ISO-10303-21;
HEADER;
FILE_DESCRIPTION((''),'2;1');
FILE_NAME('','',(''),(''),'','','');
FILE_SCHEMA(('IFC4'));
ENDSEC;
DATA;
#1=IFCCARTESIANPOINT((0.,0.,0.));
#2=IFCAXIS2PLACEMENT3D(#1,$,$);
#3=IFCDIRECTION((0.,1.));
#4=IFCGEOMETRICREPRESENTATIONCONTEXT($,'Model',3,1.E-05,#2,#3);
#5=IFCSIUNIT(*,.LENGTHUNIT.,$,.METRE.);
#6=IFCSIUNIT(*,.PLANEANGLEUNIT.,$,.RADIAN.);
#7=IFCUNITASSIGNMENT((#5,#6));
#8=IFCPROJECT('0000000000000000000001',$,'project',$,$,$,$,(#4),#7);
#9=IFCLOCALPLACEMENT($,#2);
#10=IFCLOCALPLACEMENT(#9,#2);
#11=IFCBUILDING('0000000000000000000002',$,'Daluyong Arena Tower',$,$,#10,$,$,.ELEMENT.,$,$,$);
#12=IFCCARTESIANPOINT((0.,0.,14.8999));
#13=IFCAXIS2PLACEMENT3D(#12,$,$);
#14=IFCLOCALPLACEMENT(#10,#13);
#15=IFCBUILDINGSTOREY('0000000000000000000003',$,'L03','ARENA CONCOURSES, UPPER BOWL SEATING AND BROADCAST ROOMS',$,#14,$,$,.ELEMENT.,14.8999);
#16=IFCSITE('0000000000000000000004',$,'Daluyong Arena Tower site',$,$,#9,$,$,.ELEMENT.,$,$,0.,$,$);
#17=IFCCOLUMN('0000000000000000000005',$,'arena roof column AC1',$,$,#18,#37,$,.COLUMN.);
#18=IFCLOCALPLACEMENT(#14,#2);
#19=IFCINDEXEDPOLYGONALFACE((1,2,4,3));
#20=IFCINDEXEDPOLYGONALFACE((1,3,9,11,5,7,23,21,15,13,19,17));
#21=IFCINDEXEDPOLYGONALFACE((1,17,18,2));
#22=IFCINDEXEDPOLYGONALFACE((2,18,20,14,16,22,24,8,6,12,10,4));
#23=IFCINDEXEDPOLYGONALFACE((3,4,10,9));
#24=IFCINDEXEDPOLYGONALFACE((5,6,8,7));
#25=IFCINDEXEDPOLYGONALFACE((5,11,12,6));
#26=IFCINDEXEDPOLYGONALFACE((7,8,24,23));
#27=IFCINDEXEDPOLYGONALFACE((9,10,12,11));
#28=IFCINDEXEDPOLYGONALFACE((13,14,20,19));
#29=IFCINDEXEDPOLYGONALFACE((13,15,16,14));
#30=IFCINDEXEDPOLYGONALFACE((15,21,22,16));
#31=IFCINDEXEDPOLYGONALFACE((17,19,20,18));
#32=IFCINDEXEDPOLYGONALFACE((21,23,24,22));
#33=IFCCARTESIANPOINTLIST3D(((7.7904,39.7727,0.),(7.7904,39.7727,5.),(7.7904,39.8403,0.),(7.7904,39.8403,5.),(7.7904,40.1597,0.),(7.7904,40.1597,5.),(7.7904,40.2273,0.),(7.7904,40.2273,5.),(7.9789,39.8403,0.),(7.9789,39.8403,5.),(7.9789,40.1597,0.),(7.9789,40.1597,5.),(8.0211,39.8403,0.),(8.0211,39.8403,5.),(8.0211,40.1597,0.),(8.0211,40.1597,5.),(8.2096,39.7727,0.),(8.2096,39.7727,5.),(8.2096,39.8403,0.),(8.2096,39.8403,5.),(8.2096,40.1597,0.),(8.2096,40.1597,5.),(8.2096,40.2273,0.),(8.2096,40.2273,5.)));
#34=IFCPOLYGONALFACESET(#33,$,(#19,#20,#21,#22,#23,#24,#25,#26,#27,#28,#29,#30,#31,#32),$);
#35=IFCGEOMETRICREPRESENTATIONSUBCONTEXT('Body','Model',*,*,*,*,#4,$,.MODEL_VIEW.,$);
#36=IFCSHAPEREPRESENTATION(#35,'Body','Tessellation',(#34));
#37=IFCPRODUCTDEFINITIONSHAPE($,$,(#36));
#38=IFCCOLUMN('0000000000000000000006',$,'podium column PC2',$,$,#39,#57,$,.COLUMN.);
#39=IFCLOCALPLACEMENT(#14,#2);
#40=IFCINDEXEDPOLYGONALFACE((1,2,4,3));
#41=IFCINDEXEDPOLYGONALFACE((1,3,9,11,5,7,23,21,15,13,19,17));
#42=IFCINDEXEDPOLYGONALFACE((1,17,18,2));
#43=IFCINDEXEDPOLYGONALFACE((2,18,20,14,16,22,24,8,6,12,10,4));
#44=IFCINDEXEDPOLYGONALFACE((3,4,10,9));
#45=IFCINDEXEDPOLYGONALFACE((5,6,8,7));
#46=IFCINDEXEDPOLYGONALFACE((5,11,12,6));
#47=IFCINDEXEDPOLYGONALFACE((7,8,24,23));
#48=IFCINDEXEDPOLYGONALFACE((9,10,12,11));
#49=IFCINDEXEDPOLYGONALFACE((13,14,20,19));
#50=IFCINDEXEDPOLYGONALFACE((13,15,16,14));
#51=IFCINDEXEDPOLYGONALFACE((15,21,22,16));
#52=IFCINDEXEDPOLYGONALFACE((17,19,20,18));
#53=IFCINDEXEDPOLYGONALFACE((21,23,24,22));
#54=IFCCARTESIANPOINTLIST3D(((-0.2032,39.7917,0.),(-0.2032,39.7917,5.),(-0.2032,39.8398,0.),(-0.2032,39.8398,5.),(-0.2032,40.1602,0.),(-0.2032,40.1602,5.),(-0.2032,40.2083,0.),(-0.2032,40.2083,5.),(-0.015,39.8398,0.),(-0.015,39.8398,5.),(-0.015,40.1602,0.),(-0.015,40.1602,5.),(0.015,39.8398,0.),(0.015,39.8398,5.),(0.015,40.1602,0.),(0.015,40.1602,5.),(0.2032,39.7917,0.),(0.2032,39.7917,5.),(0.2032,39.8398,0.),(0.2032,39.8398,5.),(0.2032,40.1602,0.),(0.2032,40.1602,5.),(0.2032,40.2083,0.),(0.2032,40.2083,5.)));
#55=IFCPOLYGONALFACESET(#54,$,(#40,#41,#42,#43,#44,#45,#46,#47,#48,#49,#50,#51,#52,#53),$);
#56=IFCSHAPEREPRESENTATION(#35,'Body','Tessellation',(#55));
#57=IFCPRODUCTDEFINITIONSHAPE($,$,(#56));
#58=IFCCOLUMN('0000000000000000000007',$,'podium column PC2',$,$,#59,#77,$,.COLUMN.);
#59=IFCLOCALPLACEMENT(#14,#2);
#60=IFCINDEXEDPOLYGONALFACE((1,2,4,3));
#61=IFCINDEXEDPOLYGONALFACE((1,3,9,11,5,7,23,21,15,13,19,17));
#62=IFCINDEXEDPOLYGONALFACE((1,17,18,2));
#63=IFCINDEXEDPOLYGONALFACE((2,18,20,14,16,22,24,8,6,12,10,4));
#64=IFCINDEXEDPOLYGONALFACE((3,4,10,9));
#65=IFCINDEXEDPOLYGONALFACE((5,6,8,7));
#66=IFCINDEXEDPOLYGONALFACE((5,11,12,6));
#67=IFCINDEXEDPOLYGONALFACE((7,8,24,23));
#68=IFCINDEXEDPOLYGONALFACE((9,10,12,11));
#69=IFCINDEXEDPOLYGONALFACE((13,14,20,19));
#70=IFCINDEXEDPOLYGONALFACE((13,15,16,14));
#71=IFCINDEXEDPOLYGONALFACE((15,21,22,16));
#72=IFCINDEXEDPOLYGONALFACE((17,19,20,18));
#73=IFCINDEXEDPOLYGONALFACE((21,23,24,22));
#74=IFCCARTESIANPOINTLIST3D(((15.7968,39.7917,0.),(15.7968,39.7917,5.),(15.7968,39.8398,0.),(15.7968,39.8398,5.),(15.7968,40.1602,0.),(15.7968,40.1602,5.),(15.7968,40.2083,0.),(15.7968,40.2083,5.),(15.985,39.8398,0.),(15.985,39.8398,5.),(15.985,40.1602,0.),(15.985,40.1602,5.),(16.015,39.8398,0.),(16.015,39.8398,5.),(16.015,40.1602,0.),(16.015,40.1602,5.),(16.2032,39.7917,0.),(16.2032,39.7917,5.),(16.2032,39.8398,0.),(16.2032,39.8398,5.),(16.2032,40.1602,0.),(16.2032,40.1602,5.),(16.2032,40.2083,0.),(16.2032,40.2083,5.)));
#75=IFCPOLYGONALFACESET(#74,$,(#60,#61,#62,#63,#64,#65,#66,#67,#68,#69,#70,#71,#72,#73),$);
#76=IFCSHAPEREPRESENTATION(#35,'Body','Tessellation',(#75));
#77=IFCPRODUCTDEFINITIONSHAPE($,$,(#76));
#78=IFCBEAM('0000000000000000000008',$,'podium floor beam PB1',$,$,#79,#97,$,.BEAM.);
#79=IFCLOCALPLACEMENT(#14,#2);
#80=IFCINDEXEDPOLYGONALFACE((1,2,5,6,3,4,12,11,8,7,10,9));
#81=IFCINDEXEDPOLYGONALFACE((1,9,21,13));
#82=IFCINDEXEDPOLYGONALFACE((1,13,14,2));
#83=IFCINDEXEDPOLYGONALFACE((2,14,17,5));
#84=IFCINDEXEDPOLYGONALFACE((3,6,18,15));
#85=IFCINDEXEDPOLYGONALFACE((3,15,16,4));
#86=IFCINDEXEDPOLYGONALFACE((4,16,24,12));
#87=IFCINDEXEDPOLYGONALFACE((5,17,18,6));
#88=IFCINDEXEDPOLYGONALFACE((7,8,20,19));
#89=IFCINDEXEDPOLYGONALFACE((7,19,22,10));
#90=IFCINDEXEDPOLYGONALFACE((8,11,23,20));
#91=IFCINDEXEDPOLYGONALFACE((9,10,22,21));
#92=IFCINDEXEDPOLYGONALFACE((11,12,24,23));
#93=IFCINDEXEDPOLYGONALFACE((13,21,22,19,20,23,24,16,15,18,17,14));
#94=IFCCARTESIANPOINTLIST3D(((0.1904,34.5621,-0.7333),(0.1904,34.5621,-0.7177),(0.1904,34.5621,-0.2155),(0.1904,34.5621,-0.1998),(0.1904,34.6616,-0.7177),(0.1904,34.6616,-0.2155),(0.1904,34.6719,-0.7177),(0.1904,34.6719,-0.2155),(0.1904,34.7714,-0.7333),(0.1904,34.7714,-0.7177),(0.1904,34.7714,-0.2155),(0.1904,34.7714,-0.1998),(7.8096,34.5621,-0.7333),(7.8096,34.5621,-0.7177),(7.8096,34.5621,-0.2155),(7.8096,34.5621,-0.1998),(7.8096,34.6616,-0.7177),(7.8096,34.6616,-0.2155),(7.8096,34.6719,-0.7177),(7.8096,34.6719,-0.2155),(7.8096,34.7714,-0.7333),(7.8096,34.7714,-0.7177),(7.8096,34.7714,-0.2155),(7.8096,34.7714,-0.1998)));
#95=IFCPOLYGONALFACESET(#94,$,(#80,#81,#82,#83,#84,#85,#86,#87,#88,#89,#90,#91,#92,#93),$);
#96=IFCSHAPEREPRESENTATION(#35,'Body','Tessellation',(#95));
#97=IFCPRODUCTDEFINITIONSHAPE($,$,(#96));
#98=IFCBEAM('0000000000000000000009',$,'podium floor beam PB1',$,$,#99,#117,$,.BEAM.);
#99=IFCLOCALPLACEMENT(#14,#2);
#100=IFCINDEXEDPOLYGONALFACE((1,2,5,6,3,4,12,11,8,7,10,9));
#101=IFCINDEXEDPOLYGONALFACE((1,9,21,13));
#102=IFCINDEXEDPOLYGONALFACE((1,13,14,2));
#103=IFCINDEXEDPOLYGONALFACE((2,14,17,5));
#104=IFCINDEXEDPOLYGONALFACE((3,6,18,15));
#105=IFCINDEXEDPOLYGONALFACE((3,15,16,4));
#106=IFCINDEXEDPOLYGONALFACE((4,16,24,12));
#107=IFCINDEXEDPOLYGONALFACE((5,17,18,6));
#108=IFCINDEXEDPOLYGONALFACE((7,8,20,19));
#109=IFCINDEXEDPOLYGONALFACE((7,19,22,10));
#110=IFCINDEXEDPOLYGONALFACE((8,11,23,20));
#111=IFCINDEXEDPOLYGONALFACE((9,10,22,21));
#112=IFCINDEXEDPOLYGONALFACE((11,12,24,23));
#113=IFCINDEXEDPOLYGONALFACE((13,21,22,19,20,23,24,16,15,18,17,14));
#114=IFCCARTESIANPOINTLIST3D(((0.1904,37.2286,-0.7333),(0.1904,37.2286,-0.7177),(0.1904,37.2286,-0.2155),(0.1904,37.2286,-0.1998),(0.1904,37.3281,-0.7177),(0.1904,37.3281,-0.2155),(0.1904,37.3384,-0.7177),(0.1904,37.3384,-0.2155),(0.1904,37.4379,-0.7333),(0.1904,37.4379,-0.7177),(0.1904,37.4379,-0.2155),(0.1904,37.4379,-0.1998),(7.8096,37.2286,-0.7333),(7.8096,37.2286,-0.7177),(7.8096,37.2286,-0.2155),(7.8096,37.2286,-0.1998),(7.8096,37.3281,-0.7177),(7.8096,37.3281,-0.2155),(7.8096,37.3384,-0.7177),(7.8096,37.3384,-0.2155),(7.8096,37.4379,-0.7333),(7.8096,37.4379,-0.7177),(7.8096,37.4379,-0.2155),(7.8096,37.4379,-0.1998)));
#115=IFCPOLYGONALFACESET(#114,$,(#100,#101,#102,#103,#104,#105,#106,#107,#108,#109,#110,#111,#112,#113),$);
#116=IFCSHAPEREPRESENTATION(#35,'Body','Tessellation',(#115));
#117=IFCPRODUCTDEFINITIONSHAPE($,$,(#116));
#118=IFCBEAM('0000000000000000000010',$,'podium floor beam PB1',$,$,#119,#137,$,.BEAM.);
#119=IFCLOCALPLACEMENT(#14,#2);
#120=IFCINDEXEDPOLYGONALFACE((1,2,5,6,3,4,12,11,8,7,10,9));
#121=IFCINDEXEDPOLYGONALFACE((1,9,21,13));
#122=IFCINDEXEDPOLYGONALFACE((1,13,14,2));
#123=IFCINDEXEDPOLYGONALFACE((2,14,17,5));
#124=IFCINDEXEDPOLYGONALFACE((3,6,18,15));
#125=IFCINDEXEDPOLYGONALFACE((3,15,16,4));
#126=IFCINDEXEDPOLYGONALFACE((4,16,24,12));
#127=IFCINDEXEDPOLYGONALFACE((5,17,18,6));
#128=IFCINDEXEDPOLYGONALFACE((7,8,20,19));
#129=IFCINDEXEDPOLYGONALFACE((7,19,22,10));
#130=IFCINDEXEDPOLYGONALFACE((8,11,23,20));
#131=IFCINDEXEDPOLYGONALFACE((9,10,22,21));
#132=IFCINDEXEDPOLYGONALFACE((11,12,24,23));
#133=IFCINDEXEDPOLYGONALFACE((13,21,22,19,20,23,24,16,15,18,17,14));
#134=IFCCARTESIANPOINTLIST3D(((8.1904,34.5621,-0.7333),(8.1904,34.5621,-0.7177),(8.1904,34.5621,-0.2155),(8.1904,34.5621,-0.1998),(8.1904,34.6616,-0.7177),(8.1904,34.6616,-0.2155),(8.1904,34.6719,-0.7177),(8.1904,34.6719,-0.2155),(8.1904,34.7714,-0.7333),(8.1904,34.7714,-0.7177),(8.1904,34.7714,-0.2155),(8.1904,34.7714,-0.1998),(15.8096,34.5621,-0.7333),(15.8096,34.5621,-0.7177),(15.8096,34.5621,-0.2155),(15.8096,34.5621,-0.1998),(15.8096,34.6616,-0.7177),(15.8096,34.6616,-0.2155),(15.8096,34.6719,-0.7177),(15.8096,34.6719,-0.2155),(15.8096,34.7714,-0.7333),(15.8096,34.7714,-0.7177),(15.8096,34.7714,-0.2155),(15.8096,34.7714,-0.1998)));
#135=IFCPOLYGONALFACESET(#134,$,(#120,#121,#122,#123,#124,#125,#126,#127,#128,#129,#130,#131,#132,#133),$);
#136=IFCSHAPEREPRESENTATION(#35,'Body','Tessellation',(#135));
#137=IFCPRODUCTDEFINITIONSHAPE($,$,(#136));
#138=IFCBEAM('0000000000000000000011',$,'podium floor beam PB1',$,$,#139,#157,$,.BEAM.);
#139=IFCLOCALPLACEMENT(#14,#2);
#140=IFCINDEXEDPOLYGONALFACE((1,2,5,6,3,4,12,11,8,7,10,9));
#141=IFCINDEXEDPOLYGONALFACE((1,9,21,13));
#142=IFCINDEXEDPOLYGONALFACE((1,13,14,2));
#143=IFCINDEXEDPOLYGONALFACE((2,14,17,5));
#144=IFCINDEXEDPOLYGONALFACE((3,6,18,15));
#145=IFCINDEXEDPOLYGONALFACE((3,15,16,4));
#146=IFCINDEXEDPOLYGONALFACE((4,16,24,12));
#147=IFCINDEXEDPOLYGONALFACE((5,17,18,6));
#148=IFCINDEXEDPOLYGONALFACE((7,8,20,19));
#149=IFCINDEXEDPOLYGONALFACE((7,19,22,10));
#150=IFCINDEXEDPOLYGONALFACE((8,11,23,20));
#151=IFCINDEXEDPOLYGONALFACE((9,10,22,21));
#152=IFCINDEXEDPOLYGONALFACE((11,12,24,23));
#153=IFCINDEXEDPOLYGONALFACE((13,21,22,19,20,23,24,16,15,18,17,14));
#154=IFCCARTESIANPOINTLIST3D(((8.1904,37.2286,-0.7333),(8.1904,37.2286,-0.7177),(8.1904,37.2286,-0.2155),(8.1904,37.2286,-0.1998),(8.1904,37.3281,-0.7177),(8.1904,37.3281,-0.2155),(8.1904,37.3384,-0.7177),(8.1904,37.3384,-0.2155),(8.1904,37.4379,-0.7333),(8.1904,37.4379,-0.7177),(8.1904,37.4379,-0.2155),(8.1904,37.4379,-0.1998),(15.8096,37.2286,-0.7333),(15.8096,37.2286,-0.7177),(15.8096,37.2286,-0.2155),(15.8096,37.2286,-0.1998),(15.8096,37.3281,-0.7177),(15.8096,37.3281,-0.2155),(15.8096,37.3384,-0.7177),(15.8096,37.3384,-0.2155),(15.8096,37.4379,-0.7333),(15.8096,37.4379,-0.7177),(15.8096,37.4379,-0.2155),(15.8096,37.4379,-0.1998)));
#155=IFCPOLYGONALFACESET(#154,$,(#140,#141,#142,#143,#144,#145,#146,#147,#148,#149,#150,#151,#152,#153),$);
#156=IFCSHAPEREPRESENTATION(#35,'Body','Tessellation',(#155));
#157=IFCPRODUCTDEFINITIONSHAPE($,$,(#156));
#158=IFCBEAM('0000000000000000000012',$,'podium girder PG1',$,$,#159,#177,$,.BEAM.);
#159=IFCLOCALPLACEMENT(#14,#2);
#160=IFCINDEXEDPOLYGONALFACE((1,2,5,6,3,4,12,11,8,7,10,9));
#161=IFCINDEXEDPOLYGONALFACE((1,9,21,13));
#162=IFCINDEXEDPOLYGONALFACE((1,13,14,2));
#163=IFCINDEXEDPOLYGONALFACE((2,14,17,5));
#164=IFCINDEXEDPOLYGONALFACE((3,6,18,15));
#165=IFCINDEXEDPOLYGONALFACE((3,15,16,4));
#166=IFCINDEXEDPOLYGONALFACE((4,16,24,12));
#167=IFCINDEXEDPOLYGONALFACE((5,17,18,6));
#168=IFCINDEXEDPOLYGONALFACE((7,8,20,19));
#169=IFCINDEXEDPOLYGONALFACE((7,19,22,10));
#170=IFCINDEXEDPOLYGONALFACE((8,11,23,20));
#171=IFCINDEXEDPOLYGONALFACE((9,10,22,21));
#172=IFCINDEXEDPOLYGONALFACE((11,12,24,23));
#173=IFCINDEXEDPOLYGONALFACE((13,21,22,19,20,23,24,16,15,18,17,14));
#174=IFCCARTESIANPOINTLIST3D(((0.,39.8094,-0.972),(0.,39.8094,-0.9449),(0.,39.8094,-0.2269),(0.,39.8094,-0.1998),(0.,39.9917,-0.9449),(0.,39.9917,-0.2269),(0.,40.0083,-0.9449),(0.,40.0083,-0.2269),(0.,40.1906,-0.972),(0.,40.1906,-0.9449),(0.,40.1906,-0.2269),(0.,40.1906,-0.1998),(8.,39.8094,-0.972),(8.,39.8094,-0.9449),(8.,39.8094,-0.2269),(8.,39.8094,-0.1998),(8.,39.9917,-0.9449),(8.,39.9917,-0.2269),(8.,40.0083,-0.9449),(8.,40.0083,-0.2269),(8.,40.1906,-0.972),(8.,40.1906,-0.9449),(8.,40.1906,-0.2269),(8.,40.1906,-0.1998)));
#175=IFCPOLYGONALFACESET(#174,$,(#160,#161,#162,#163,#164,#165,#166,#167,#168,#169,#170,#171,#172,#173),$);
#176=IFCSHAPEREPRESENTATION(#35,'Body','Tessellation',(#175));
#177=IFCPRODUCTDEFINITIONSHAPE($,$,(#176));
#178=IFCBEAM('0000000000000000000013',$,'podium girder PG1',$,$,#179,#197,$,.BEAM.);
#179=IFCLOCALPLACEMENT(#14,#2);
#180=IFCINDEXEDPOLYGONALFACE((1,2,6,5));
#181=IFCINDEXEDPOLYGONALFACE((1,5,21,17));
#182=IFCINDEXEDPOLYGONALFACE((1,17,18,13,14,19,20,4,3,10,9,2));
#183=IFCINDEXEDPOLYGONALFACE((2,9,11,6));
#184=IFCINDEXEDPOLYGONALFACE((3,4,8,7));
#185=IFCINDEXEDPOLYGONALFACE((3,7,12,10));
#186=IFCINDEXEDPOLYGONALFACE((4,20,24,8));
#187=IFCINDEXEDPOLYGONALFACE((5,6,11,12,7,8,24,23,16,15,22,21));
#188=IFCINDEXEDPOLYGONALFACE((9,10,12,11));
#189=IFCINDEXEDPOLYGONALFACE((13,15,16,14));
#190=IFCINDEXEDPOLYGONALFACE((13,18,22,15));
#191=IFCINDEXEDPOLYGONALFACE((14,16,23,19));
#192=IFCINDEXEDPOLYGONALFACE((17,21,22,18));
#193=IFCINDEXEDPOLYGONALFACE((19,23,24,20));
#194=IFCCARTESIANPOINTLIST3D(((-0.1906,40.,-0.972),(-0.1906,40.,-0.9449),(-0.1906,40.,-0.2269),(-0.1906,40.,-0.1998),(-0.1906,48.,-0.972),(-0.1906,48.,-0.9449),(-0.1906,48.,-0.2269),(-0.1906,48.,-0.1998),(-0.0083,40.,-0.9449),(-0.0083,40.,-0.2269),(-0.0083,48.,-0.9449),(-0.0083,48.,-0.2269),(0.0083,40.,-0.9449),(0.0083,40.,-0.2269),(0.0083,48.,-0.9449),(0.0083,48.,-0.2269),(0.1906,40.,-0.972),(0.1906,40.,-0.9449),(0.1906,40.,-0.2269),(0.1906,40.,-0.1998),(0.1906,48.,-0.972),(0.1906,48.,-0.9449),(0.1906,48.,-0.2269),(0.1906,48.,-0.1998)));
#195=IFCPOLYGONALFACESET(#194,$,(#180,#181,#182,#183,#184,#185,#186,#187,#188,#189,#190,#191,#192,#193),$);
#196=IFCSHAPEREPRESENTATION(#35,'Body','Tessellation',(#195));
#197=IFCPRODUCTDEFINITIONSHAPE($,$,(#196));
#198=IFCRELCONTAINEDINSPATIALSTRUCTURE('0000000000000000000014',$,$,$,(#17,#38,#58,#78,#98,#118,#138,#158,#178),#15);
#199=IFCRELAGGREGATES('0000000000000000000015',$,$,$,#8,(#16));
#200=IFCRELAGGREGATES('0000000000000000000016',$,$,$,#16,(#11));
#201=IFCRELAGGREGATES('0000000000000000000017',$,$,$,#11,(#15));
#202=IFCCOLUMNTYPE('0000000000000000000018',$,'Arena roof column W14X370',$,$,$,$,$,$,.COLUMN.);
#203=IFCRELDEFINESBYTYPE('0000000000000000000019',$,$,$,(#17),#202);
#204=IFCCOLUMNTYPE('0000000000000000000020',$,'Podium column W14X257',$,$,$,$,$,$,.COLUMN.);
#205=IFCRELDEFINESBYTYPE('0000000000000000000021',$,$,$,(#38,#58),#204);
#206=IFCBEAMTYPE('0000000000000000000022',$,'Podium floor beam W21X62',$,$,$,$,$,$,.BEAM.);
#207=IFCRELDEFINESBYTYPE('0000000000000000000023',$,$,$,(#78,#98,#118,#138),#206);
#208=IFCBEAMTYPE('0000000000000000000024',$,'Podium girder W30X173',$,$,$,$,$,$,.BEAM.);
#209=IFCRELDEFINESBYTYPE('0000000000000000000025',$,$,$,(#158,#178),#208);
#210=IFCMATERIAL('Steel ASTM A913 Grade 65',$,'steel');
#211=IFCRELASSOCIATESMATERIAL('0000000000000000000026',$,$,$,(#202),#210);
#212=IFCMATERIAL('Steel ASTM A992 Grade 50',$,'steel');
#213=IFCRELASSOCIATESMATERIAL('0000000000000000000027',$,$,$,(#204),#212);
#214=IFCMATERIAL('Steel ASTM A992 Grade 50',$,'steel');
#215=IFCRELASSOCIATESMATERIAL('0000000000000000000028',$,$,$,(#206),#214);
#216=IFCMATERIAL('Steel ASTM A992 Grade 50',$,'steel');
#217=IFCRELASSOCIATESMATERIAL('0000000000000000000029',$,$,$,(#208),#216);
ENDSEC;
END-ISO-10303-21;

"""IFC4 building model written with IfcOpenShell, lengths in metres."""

from ifc_helpers import new_model, si_unit, direction, frame, origin, origin_2d, place, context, subcontext, project, spatial, i_section, extrude, material, material_profile, profile_set, type_object, element, save


model = new_model("IFC4")

# Units and contexts
model_context = context("Model", 3, precision=1e-05, world=origin(), true_north=direction((0.0, 1.0)))
body_context = subcontext(model_context, "Body", "Model", "MODEL_VIEW")
ifc_project = project(units=[si_unit("LENGTHUNIT", "METRE"), si_unit("PLANEANGLEUNIT", "RADIAN")], contexts=[model_context])

# Site, building, storey
site_placement = place(None, origin())
site = spatial("IfcSite", under=ifc_project, at=site_placement, Name="Daluyong Arena Tower site", CompositionType="ELEMENT", RefElevation=0.0)
building_placement = place(site_placement, origin())
building = spatial("IfcBuilding", under=site, at=building_placement, Name="Daluyong Arena Tower", CompositionType="ELEMENT")
storey_placement = place(building_placement, frame((0.0, 0.0, 14.8999)))
storey = spatial("IfcBuildingStorey", under=building, at=storey_placement, Name="L03", Description="ARENA CONCOURSES, UPPER BOWL SEATING AND BROADCAST ROOMS", CompositionType="ELEMENT", Elevation=14.8999)

# Columns
ifc_material_1 = material(Name="Steel ASTM A913 Grade 65", Category="steel")
ifc_material_profile_1 = material_profile(ifc_material_1, i_section(OverallWidth=0.4192, OverallDepth=0.4546, WebThickness=0.0422, FlangeThickness=0.0676, at=origin_2d()))
ifc_profile_set_1 = profile_set([ifc_material_profile_1], Name="Steel ASTM A913 Grade 65")
column_type_1 = type_object("IfcColumnType", Name="Arena roof column W14X370", PredefinedType="COLUMN", material=ifc_profile_set_1)
column_placement = place(storey_placement, frame((8.0, 40.0, 0.0), z_axis=(0.0, 0.0, 1.0), x_axis=(1.0, 0.0, 0.0)))
element("IfcColumn", 1, at=column_placement, inside=storey, type_object=column_type_1, Name="arena roof column AC1", PredefinedType="COLUMN", context=body_context, shape_type="SweptSolid", body=[
    extrude(i_section(OverallWidth=0.4192, OverallDepth=0.4546, WebThickness=0.0422, FlangeThickness=0.0676, at=origin_2d()), origin(), (0.0, 0.0, 1.0), 5.0),
])
ifc_material_2 = material(Name="Steel ASTM A992 Grade 50", Category="steel")
ifc_material_profile_2 = material_profile(ifc_material_2, i_section(OverallWidth=0.4065, OverallDepth=0.4165, WebThickness=0.03, FlangeThickness=0.0481, at=origin_2d()))
ifc_profile_set_2 = profile_set([ifc_material_profile_2], Name="Steel ASTM A992 Grade 50")
column_type_2 = type_object("IfcColumnType", Name="Podium column W14X257", PredefinedType="COLUMN", material=ifc_profile_set_2)
for number, where, z_axis, x_axis, name in (
    (2, (0.0, 40.0, 0.0), (0.0, 0.0, 1.0), (1.0, 0.0, 0.0), "podium column PC2"),
    (3, (16.0, 40.0, 0.0), (0.0, 0.0, 1.0), (1.0, 0.0, 0.0), "podium column PC2"),
):
    element("IfcColumn", number, at=place(storey_placement, frame(where, z_axis=z_axis, x_axis=x_axis)), inside=storey, type_object=column_type_2, Name=name, PredefinedType="COLUMN", context=body_context, shape_type="SweptSolid", body=[
        extrude(i_section(OverallWidth=0.4065, OverallDepth=0.4165, WebThickness=0.03, FlangeThickness=0.0481, at=origin_2d()), origin(), (0.0, 0.0, 1.0), 5.0),
    ])

# Beams
ifc_material_3 = material(Name="Steel ASTM A992 Grade 50", Category="steel")
ifc_material_profile_3 = material_profile(ifc_material_3, i_section(OverallWidth=0.2092, OverallDepth=0.5334, WebThickness=0.0103, FlangeThickness=0.0156, at=origin_2d()))
ifc_profile_set_3 = profile_set([ifc_material_profile_3], Name="Steel ASTM A992 Grade 50")
beam_type_1 = type_object("IfcBeamType", Name="Podium floor beam W21X62", PredefinedType="BEAM", material=ifc_profile_set_3)
for number, where, z_axis, x_axis, name in (
    (4, (0.1904, 34.6667, -0.4666), (1.0, 0.0, 0.0), (0.0, 1.0, 0.0), "podium floor beam PB1"),
    (5, (0.1904, 37.3333, -0.4666), (1.0, 0.0, 0.0), (0.0, 1.0, 0.0), "podium floor beam PB1"),
    (6, (8.1904, 34.6667, -0.4666), (1.0, 0.0, 0.0), (0.0, 1.0, 0.0), "podium floor beam PB1"),
    (7, (8.1904, 37.3333, -0.4666), (1.0, 0.0, 0.0), (0.0, 1.0, 0.0), "podium floor beam PB1"),
):
    element("IfcBeam", number, at=place(storey_placement, frame(where, z_axis=z_axis, x_axis=x_axis)), inside=storey, type_object=beam_type_1, Name=name, PredefinedType="BEAM", context=body_context, shape_type="SweptSolid", body=[
        extrude(i_section(OverallWidth=0.2092, OverallDepth=0.5334, WebThickness=0.0103, FlangeThickness=0.0156, at=origin_2d()), origin(), (0.0, 0.0, 1.0), 7.6191),
    ])
ifc_material_4 = material(Name="Steel ASTM A992 Grade 50", Category="steel")
ifc_material_profile_4 = material_profile(ifc_material_4, i_section(OverallWidth=0.3811, OverallDepth=0.7722, WebThickness=0.0166, FlangeThickness=0.0271, at=origin_2d()))
ifc_profile_set_4 = profile_set([ifc_material_profile_4], Name="Steel ASTM A992 Grade 50")
beam_type_2 = type_object("IfcBeamType", Name="Podium girder W30X173", PredefinedType="BEAM", material=ifc_profile_set_4)
for number, where, z_axis, x_axis, name in (
    (8, (0.0, 40.0, -0.5859), (1.0, 0.0, 0.0), (0.0, 1.0, 0.0), "podium girder PG1"),
    (9, (0.0, 40.0, -0.5859), (0.0, 1.0, 0.0), (-1.0, 0.0, 0.0), "podium girder PG1"),
):
    element("IfcBeam", number, at=place(storey_placement, frame(where, z_axis=z_axis, x_axis=x_axis)), inside=storey, type_object=beam_type_2, Name=name, PredefinedType="BEAM", context=body_context, shape_type="SweptSolid", body=[
        extrude(i_section(OverallWidth=0.3811, OverallDepth=0.7722, WebThickness=0.0166, FlangeThickness=0.0271, at=origin_2d()), origin(), (0.0, 0.0, 1.0), 8.0),
    ])

save(model, "model.ifc")
